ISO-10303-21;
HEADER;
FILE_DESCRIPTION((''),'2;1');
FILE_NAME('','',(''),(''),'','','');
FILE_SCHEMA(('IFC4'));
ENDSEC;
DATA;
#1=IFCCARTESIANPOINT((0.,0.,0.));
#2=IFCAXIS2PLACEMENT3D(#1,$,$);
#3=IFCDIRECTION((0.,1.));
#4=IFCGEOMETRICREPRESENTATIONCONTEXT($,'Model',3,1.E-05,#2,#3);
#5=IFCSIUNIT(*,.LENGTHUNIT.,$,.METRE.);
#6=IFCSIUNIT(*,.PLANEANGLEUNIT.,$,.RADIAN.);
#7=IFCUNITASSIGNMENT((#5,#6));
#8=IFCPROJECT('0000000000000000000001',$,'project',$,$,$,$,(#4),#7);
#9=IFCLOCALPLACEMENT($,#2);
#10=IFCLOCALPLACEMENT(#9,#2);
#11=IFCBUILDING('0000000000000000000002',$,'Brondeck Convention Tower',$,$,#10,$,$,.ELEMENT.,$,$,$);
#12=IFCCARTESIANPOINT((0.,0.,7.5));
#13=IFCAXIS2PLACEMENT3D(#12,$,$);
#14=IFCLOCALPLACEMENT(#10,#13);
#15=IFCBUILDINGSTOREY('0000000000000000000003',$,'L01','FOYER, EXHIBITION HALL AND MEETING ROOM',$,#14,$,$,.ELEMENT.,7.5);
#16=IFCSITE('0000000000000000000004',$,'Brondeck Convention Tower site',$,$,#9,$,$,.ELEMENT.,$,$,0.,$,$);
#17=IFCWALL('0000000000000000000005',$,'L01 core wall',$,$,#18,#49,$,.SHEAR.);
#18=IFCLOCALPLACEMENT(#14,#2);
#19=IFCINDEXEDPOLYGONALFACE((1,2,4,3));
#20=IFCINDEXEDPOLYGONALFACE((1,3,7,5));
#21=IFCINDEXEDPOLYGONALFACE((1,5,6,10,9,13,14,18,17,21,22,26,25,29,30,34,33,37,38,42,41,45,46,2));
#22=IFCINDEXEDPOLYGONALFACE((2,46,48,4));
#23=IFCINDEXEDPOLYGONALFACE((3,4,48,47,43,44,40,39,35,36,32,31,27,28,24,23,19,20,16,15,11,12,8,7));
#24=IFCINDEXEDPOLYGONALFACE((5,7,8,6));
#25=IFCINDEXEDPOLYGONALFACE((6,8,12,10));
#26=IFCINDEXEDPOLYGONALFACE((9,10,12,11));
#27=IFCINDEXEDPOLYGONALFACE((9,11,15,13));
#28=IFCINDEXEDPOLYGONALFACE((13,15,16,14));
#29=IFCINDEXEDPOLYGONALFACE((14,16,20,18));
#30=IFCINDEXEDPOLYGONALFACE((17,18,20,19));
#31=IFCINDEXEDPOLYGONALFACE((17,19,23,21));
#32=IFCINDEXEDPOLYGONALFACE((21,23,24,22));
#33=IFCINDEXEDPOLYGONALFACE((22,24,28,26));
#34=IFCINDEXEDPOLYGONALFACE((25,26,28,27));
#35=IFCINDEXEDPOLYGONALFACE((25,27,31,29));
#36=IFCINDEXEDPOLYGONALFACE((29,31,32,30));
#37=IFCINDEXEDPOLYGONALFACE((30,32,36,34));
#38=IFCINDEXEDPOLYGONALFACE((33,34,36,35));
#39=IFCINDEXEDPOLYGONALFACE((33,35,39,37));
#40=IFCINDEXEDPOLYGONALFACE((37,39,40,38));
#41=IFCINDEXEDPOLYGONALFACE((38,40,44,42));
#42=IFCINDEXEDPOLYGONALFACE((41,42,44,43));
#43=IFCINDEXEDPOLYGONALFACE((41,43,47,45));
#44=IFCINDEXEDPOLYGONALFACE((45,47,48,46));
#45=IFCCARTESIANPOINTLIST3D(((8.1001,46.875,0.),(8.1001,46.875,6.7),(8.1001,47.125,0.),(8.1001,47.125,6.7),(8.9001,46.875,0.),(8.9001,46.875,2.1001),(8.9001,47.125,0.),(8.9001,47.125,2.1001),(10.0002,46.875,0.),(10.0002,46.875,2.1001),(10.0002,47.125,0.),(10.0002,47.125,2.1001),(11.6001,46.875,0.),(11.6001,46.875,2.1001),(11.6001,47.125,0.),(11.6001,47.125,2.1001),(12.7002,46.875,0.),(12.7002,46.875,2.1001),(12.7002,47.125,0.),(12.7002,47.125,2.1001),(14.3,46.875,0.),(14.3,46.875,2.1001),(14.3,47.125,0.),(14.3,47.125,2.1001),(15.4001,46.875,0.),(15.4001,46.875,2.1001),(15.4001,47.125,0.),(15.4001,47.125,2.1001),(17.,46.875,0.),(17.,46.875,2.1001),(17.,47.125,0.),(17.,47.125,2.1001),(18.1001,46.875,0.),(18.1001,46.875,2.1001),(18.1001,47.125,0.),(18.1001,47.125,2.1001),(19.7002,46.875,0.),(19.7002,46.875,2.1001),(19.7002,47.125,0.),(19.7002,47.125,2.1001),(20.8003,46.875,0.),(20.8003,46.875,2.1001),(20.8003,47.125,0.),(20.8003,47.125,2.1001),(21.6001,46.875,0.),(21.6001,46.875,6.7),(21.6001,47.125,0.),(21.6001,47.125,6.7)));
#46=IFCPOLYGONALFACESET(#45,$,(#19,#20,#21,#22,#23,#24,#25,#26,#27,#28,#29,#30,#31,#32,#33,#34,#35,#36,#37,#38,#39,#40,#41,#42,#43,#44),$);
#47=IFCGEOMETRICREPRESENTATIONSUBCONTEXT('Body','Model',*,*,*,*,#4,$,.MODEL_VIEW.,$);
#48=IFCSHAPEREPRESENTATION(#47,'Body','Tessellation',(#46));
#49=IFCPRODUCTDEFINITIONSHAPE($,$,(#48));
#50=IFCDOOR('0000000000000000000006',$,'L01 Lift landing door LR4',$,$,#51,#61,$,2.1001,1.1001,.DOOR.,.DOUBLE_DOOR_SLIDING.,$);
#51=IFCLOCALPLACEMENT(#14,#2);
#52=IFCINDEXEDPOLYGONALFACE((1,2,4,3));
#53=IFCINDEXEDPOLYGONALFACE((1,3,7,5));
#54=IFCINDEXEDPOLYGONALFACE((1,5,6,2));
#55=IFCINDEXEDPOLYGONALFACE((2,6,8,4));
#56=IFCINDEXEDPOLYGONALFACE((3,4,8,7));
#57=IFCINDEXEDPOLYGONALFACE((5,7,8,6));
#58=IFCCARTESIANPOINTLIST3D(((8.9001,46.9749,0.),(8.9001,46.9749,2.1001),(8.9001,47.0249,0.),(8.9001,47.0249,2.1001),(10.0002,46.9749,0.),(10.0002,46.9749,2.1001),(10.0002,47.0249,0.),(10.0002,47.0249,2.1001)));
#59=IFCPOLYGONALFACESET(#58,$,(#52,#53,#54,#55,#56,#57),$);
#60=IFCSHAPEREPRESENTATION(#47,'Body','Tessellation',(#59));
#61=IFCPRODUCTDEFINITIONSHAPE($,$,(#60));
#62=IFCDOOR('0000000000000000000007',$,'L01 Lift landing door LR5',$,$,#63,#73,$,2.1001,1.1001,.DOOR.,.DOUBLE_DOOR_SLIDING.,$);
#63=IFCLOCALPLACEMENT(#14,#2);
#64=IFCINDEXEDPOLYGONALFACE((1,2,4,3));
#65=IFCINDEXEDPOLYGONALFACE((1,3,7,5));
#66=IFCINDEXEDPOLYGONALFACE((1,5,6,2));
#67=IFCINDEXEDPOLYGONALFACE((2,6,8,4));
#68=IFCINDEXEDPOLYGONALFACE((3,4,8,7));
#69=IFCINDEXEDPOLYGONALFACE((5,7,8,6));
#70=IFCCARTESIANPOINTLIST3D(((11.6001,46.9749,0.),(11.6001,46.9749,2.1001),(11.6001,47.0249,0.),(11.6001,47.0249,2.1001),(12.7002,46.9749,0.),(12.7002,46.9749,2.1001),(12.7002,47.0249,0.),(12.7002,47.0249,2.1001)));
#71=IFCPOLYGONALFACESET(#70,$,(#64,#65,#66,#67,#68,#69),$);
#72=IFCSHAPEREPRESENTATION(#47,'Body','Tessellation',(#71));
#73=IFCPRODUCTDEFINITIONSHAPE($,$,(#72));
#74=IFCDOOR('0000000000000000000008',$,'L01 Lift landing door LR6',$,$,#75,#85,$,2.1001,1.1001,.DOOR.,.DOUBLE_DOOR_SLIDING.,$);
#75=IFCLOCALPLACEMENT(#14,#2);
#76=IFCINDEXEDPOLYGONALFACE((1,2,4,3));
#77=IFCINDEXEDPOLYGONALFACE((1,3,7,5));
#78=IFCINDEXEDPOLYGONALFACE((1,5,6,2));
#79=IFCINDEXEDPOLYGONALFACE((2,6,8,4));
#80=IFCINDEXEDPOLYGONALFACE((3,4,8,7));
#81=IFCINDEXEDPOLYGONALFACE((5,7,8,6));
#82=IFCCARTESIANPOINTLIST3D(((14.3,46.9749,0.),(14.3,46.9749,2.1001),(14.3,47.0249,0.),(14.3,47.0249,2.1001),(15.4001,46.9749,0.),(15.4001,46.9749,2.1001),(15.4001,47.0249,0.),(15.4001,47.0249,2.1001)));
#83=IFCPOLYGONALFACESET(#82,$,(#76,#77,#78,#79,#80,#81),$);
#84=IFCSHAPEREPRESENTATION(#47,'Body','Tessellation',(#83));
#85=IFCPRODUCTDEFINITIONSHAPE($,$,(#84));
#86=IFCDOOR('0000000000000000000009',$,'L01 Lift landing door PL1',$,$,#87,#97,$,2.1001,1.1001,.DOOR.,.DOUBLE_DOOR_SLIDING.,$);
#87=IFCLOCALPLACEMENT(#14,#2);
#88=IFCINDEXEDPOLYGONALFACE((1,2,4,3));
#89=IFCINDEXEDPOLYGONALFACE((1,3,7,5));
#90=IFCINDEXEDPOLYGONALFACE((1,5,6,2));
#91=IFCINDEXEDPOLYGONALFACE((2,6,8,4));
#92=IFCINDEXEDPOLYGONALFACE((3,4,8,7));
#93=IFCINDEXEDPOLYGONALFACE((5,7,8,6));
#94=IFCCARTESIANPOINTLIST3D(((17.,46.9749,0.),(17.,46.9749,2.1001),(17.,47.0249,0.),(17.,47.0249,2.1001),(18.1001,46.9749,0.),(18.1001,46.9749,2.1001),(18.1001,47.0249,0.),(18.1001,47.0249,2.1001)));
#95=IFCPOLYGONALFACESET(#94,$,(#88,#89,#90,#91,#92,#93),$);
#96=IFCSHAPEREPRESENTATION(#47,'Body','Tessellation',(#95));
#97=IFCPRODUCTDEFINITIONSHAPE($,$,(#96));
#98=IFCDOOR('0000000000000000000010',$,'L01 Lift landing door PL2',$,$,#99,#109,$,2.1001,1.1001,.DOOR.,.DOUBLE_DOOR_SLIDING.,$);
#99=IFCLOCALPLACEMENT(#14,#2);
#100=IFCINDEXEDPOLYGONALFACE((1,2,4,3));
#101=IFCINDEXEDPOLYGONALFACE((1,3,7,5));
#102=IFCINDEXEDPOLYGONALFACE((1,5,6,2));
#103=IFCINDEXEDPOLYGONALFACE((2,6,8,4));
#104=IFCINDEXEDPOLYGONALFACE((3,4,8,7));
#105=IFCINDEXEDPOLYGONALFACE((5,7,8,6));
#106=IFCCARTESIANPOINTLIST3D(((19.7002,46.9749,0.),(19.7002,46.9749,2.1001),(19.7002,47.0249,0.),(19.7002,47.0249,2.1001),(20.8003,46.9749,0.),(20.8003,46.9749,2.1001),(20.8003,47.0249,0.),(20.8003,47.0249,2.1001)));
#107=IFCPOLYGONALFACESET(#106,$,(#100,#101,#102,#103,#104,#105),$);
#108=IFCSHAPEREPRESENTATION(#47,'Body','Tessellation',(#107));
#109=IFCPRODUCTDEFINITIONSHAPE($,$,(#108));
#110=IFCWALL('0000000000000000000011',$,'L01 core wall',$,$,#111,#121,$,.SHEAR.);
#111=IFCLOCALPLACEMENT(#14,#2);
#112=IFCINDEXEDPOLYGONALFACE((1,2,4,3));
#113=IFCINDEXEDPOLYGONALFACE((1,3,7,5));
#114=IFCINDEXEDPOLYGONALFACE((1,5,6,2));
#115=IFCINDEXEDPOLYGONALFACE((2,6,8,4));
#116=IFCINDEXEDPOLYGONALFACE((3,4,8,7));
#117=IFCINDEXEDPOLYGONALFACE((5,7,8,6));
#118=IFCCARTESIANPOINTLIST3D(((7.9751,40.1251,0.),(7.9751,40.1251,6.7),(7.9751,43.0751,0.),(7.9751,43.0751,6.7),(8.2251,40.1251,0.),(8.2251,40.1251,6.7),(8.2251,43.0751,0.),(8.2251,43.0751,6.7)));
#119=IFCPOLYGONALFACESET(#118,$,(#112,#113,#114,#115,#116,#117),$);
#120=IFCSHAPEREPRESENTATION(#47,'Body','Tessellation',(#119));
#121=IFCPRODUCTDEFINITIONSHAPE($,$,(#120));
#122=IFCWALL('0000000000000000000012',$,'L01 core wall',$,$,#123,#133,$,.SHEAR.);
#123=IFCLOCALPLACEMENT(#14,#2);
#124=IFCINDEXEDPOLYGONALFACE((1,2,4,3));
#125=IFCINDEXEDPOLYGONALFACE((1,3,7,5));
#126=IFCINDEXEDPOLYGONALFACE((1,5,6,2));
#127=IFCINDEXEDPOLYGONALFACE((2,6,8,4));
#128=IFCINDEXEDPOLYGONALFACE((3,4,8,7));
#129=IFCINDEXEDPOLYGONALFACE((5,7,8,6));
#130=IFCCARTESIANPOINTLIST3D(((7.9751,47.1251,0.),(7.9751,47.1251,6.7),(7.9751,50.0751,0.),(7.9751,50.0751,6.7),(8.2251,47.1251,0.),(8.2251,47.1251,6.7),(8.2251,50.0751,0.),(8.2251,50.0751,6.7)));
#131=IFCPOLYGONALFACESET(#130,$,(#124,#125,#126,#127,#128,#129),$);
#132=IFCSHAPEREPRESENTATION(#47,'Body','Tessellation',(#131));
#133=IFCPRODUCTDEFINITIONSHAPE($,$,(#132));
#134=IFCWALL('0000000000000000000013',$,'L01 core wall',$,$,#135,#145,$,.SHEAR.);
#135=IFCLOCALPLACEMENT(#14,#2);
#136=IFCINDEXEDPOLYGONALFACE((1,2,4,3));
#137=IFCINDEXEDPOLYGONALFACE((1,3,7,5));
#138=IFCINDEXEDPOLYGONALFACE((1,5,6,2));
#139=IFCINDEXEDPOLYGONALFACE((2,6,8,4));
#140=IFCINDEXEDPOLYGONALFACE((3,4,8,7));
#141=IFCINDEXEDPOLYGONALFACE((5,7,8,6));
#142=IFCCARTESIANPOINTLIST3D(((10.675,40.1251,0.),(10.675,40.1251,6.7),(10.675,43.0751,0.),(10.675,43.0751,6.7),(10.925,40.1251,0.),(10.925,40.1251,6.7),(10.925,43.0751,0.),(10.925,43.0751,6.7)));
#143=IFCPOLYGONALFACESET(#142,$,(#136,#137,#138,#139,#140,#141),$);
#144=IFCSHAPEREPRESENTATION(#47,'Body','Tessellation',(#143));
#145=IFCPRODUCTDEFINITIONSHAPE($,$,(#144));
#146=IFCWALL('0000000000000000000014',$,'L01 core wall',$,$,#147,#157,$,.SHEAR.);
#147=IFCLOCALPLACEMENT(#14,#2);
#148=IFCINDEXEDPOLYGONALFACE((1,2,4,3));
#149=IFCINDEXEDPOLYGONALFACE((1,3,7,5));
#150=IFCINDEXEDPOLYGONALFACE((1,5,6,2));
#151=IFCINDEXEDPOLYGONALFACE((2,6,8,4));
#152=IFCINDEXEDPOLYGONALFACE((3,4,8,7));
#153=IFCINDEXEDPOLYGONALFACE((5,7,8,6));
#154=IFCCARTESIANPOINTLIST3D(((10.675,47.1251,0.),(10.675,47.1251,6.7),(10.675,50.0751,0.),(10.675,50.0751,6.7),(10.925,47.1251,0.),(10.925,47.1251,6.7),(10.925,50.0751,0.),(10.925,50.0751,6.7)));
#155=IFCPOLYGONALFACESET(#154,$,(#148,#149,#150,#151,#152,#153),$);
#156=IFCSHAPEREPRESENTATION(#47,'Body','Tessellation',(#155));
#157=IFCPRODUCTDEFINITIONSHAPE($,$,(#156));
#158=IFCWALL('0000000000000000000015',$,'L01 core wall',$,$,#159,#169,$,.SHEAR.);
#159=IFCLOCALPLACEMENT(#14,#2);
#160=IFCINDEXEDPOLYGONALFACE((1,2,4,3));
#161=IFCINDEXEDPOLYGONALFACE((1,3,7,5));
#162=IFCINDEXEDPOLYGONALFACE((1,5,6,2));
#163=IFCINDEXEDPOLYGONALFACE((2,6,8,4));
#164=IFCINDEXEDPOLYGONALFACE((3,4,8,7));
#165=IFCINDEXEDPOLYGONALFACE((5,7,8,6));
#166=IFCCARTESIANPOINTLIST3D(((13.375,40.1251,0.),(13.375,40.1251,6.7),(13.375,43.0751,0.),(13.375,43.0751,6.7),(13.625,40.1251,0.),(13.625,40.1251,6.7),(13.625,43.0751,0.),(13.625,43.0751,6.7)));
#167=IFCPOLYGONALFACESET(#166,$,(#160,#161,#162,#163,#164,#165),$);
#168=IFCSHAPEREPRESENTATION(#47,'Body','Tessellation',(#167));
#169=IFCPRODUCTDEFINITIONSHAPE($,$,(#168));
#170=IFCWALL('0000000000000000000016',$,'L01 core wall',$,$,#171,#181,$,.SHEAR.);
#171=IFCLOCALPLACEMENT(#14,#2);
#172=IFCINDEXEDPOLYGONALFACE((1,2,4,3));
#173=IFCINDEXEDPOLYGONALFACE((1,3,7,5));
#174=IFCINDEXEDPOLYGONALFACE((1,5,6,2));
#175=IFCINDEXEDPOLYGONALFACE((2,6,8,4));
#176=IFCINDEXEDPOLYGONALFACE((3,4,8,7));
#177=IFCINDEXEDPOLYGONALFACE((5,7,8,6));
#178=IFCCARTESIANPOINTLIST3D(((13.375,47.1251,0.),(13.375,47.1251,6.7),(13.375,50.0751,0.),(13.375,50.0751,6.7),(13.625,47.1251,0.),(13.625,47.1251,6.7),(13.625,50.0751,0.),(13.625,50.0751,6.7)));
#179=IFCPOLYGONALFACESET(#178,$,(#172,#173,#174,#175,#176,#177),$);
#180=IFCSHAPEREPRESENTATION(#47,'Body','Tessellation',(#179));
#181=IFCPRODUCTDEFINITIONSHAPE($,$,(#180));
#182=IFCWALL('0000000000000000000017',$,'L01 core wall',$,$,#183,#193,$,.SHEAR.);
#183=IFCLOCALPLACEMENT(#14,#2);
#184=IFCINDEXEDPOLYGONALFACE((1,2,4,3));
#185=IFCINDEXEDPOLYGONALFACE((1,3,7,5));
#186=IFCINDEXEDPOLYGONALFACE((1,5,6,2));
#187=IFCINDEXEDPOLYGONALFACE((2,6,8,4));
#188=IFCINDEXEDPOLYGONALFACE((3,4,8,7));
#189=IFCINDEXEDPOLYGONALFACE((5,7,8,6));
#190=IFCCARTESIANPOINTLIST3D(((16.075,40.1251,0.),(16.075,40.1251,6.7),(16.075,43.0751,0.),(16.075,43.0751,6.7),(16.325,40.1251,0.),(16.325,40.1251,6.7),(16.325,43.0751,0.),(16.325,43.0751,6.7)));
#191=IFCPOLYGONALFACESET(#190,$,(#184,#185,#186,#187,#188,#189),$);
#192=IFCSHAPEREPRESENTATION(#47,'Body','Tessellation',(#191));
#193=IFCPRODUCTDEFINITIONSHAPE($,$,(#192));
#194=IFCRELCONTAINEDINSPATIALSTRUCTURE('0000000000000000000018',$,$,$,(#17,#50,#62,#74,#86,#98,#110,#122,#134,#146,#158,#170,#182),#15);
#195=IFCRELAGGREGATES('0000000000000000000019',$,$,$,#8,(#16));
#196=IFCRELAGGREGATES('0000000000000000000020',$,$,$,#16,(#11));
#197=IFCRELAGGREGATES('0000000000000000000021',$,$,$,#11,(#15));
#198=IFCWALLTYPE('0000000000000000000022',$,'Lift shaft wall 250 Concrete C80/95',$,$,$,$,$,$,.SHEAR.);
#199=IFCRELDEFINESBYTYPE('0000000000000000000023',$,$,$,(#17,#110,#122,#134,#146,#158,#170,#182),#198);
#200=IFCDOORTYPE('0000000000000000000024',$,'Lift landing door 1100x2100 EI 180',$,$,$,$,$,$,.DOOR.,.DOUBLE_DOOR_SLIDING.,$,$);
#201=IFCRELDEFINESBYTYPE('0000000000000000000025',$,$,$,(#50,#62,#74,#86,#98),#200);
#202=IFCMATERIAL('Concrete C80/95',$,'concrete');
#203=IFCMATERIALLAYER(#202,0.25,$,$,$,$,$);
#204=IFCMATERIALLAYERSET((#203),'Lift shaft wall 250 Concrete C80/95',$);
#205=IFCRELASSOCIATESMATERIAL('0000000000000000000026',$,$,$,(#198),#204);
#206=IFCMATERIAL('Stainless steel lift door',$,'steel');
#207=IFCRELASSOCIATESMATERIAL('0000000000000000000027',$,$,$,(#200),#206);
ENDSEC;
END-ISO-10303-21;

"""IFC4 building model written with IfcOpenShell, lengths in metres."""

from ifc_helpers import new_model, si_unit, direction, frame, frame_2d, origin, place, context, subcontext, project, spatial, rectangle, extrude, material, layer, layer_set, type_object, element, fill, save


model = new_model("IFC4")

# Units and contexts
model_context = context("Model", 3, precision=1e-05, world=origin(), true_north=direction((0.0, 1.0)))
body_context = subcontext(model_context, "Body", "Model", "MODEL_VIEW")
ifc_project = project(units=[si_unit("LENGTHUNIT", "METRE"), si_unit("PLANEANGLEUNIT", "RADIAN")], contexts=[model_context])

# Site, building, storey
site_placement = place(None, origin())
site = spatial("IfcSite", under=ifc_project, at=site_placement, Name="Brondeck Convention Tower site", CompositionType="ELEMENT", RefElevation=0.0)
building_placement = place(site_placement, origin())
building = spatial("IfcBuilding", under=site, at=building_placement, Name="Brondeck Convention Tower", CompositionType="ELEMENT")
storey_placement = place(building_placement, frame((0.0, 0.0, 7.5)))
storey = spatial("IfcBuildingStorey", under=building, at=storey_placement, Name="L01", Description="FOYER, EXHIBITION HALL AND MEETING ROOM", CompositionType="ELEMENT", Elevation=7.5)

# Shared definitions
ifc_material_1 = material(Name="Concrete C80/95", Category="concrete")
ifc_layer_1 = layer(ifc_material_1, 0.25)
ifc_layer_set_1 = layer_set([ifc_layer_1], Name="Lift shaft wall 250 Concrete C80/95")
wall_type_1 = type_object("IfcWallType", Name="Lift shaft wall 250 Concrete C80/95", PredefinedType="SHEAR", material=ifc_layer_set_1)

# Wall, openings, doors
ifc_material_2 = material(Name="Stainless steel lift door", Category="steel")
door_type_1 = type_object("IfcDoorType", Name="Lift landing door 1100x2100 EI 180", OperationType="DOUBLE_DOOR_SLIDING", PredefinedType="DOOR", material=ifc_material_2)
wall_1_placement = place(storey_placement, frame((8.1001, 47.0, 0.0), z_axis=(0.0, 0.0, 1.0), x_axis=(1.0, 0.0, 0.0)))
wall_1 = element("IfcWall", 1, at=wall_1_placement, inside=storey, type_object=wall_type_1, Name="L01 core wall", PredefinedType="SHEAR", context=body_context, shape_type="SweptSolid", body=[
    extrude(rectangle(XDim=13.5, YDim=0.25, at=frame_2d((6.75, 0.0))), origin(), (0.0, 0.0, 1.0), 6.7),
])
opening_1_placement = place(wall_1_placement, frame((0.8, 0.0, 0.0)))
opening_1 = element("IfcOpeningElement", 2, at=opening_1_placement, cuts=wall_1, PredefinedType="OPENING", context=body_context, shape_type="SweptSolid", body=[
    extrude(rectangle(XDim=1.1001, YDim=2.1001, at=frame_2d((0.55, 1.05))), frame((0.0, 0.135, 0.0), z_axis=(0.0, -1.0, 0.0), x_axis=(1.0, 0.0, 0.0)), (0.0, 0.0, 1.0), 0.27),
])
opening_2_placement = place(wall_1_placement, frame((3.5, 0.0, 0.0)))
opening_2 = element("IfcOpeningElement", 3, at=opening_2_placement, cuts=wall_1, PredefinedType="OPENING", context=body_context, shape_type="SweptSolid", body=[
    extrude(rectangle(XDim=1.1001, YDim=2.1001, at=frame_2d((0.55, 1.05))), frame((0.0, 0.135, 0.0), z_axis=(0.0, -1.0, 0.0), x_axis=(1.0, 0.0, 0.0)), (0.0, 0.0, 1.0), 0.27),
])
opening_3_placement = place(wall_1_placement, frame((6.2, 0.0, 0.0)))
opening_3 = element("IfcOpeningElement", 4, at=opening_3_placement, cuts=wall_1, PredefinedType="OPENING", context=body_context, shape_type="SweptSolid", body=[
    extrude(rectangle(XDim=1.1001, YDim=2.1001, at=frame_2d((0.55, 1.05))), frame((0.0, 0.135, 0.0), z_axis=(0.0, -1.0, 0.0), x_axis=(1.0, 0.0, 0.0)), (0.0, 0.0, 1.0), 0.27),
])
opening_4_placement = place(wall_1_placement, frame((8.8999, 0.0, 0.0)))
opening_4 = element("IfcOpeningElement", 5, at=opening_4_placement, cuts=wall_1, PredefinedType="OPENING", context=body_context, shape_type="SweptSolid", body=[
    extrude(rectangle(XDim=1.1001, YDim=2.1001, at=frame_2d((0.55, 1.05))), frame((0.0, 0.135, 0.0), z_axis=(0.0, -1.0, 0.0), x_axis=(1.0, 0.0, 0.0)), (0.0, 0.0, 1.0), 0.27),
])
opening_5_placement = place(wall_1_placement, frame((11.6001, 0.0, 0.0)))
opening_5 = element("IfcOpeningElement", 6, at=opening_5_placement, cuts=wall_1, PredefinedType="OPENING", context=body_context, shape_type="SweptSolid", body=[
    extrude(rectangle(XDim=1.1001, YDim=2.1001, at=frame_2d((0.55, 1.05))), frame((0.0, 0.135, 0.0), z_axis=(0.0, -1.0, 0.0), x_axis=(1.0, 0.0, 0.0)), (0.0, 0.0, 1.0), 0.27),
])
door_1_placement = place(opening_1_placement, origin())
door_1 = element("IfcDoor", 7, at=door_1_placement, inside=storey, type_object=door_type_1, Name="L01 Lift landing door LR4", OperationType="DOUBLE_DOOR_SLIDING", OverallHeight=2.1001, OverallWidth=1.1001, PredefinedType="DOOR", context=body_context, shape_type="SweptSolid", body=[
    extrude(rectangle(XDim=1.1001, YDim=2.1001, at=frame_2d((0.55, 1.05))), frame((0.0, 0.0249, 0.0), z_axis=(0.0, -1.0, 0.0), x_axis=(1.0, 0.0, 0.0)), (0.0, 0.0, 1.0), 0.05),
])
fill(opening_1, door_1)
door_2_placement = place(opening_2_placement, origin())
door_2 = element("IfcDoor", 8, at=door_2_placement, inside=storey, type_object=door_type_1, Name="L01 Lift landing door LR5", OperationType="DOUBLE_DOOR_SLIDING", OverallHeight=2.1001, OverallWidth=1.1001, PredefinedType="DOOR", context=body_context, shape_type="SweptSolid", body=[
    extrude(rectangle(XDim=1.1001, YDim=2.1001, at=frame_2d((0.55, 1.05))), frame((0.0, 0.0249, 0.0), z_axis=(0.0, -1.0, 0.0), x_axis=(1.0, 0.0, 0.0)), (0.0, 0.0, 1.0), 0.05),
])
fill(opening_2, door_2)
door_3_placement = place(opening_3_placement, origin())
door_3 = element("IfcDoor", 9, at=door_3_placement, inside=storey, type_object=door_type_1, Name="L01 Lift landing door LR6", OperationType="DOUBLE_DOOR_SLIDING", OverallHeight=2.1001, OverallWidth=1.1001, PredefinedType="DOOR", context=body_context, shape_type="SweptSolid", body=[
    extrude(rectangle(XDim=1.1001, YDim=2.1001, at=frame_2d((0.55, 1.05))), frame((0.0, 0.0249, 0.0), z_axis=(0.0, -1.0, 0.0), x_axis=(1.0, 0.0, 0.0)), (0.0, 0.0, 1.0), 0.05),
])
fill(opening_3, door_3)
door_4_placement = place(opening_4_placement, origin())
door_4 = element("IfcDoor", 10, at=door_4_placement, inside=storey, type_object=door_type_1, Name="L01 Lift landing door PL1", OperationType="DOUBLE_DOOR_SLIDING", OverallHeight=2.1001, OverallWidth=1.1001, PredefinedType="DOOR", context=body_context, shape_type="SweptSolid", body=[
    extrude(rectangle(XDim=1.1001, YDim=2.1001, at=frame_2d((0.55, 1.05))), frame((0.0, 0.0249, 0.0), z_axis=(0.0, -1.0, 0.0), x_axis=(1.0, 0.0, 0.0)), (0.0, 0.0, 1.0), 0.05),
])
fill(opening_4, door_4)
door_5_placement = place(opening_5_placement, origin())
door_5 = element("IfcDoor", 11, at=door_5_placement, inside=storey, type_object=door_type_1, Name="L01 Lift landing door PL2", OperationType="DOUBLE_DOOR_SLIDING", OverallHeight=2.1001, OverallWidth=1.1001, PredefinedType="DOOR", context=body_context, shape_type="SweptSolid", body=[
    extrude(rectangle(XDim=1.1001, YDim=2.1001, at=frame_2d((0.55, 1.05))), frame((0.0, 0.0249, 0.0), z_axis=(0.0, -1.0, 0.0), x_axis=(1.0, 0.0, 0.0)), (0.0, 0.0, 1.0), 0.05),
])
fill(opening_5, door_5)

# Walls
for number, where, z_axis, x_axis, name in (
    (12, (8.1001, 40.125, 0.0), (0.0, 0.0, 1.0), (0.0, 1.0, 0.0), "L01 core wall"),
    (13, (8.1001, 47.125, 0.0), (0.0, 0.0, 1.0), (0.0, 1.0, 0.0), "L01 core wall"),
    (14, (10.8, 40.125, 0.0), (0.0, 0.0, 1.0), (0.0, 1.0, 0.0), "L01 core wall"),
    (15, (10.8, 47.125, 0.0), (0.0, 0.0, 1.0), (0.0, 1.0, 0.0), "L01 core wall"),
    (16, (13.5, 40.125, 0.0), (0.0, 0.0, 1.0), (0.0, 1.0, 0.0), "L01 core wall"),
    (17, (13.5, 47.125, 0.0), (0.0, 0.0, 1.0), (0.0, 1.0, 0.0), "L01 core wall"),
    (18, (16.2, 40.125, 0.0), (0.0, 0.0, 1.0), (0.0, 1.0, 0.0), "L01 core wall"),
):
    element("IfcWall", number, at=place(storey_placement, frame(where, z_axis=z_axis, x_axis=x_axis)), inside=storey, type_object=wall_type_1, Name=name, PredefinedType="SHEAR", context=body_context, shape_type="SweptSolid", body=[
        extrude(rectangle(XDim=2.95, YDim=0.25, at=frame_2d((1.4751, 0.0))), origin(), (0.0, 0.0, 1.0), 6.7),
    ])

save(model, "model.ifc")
